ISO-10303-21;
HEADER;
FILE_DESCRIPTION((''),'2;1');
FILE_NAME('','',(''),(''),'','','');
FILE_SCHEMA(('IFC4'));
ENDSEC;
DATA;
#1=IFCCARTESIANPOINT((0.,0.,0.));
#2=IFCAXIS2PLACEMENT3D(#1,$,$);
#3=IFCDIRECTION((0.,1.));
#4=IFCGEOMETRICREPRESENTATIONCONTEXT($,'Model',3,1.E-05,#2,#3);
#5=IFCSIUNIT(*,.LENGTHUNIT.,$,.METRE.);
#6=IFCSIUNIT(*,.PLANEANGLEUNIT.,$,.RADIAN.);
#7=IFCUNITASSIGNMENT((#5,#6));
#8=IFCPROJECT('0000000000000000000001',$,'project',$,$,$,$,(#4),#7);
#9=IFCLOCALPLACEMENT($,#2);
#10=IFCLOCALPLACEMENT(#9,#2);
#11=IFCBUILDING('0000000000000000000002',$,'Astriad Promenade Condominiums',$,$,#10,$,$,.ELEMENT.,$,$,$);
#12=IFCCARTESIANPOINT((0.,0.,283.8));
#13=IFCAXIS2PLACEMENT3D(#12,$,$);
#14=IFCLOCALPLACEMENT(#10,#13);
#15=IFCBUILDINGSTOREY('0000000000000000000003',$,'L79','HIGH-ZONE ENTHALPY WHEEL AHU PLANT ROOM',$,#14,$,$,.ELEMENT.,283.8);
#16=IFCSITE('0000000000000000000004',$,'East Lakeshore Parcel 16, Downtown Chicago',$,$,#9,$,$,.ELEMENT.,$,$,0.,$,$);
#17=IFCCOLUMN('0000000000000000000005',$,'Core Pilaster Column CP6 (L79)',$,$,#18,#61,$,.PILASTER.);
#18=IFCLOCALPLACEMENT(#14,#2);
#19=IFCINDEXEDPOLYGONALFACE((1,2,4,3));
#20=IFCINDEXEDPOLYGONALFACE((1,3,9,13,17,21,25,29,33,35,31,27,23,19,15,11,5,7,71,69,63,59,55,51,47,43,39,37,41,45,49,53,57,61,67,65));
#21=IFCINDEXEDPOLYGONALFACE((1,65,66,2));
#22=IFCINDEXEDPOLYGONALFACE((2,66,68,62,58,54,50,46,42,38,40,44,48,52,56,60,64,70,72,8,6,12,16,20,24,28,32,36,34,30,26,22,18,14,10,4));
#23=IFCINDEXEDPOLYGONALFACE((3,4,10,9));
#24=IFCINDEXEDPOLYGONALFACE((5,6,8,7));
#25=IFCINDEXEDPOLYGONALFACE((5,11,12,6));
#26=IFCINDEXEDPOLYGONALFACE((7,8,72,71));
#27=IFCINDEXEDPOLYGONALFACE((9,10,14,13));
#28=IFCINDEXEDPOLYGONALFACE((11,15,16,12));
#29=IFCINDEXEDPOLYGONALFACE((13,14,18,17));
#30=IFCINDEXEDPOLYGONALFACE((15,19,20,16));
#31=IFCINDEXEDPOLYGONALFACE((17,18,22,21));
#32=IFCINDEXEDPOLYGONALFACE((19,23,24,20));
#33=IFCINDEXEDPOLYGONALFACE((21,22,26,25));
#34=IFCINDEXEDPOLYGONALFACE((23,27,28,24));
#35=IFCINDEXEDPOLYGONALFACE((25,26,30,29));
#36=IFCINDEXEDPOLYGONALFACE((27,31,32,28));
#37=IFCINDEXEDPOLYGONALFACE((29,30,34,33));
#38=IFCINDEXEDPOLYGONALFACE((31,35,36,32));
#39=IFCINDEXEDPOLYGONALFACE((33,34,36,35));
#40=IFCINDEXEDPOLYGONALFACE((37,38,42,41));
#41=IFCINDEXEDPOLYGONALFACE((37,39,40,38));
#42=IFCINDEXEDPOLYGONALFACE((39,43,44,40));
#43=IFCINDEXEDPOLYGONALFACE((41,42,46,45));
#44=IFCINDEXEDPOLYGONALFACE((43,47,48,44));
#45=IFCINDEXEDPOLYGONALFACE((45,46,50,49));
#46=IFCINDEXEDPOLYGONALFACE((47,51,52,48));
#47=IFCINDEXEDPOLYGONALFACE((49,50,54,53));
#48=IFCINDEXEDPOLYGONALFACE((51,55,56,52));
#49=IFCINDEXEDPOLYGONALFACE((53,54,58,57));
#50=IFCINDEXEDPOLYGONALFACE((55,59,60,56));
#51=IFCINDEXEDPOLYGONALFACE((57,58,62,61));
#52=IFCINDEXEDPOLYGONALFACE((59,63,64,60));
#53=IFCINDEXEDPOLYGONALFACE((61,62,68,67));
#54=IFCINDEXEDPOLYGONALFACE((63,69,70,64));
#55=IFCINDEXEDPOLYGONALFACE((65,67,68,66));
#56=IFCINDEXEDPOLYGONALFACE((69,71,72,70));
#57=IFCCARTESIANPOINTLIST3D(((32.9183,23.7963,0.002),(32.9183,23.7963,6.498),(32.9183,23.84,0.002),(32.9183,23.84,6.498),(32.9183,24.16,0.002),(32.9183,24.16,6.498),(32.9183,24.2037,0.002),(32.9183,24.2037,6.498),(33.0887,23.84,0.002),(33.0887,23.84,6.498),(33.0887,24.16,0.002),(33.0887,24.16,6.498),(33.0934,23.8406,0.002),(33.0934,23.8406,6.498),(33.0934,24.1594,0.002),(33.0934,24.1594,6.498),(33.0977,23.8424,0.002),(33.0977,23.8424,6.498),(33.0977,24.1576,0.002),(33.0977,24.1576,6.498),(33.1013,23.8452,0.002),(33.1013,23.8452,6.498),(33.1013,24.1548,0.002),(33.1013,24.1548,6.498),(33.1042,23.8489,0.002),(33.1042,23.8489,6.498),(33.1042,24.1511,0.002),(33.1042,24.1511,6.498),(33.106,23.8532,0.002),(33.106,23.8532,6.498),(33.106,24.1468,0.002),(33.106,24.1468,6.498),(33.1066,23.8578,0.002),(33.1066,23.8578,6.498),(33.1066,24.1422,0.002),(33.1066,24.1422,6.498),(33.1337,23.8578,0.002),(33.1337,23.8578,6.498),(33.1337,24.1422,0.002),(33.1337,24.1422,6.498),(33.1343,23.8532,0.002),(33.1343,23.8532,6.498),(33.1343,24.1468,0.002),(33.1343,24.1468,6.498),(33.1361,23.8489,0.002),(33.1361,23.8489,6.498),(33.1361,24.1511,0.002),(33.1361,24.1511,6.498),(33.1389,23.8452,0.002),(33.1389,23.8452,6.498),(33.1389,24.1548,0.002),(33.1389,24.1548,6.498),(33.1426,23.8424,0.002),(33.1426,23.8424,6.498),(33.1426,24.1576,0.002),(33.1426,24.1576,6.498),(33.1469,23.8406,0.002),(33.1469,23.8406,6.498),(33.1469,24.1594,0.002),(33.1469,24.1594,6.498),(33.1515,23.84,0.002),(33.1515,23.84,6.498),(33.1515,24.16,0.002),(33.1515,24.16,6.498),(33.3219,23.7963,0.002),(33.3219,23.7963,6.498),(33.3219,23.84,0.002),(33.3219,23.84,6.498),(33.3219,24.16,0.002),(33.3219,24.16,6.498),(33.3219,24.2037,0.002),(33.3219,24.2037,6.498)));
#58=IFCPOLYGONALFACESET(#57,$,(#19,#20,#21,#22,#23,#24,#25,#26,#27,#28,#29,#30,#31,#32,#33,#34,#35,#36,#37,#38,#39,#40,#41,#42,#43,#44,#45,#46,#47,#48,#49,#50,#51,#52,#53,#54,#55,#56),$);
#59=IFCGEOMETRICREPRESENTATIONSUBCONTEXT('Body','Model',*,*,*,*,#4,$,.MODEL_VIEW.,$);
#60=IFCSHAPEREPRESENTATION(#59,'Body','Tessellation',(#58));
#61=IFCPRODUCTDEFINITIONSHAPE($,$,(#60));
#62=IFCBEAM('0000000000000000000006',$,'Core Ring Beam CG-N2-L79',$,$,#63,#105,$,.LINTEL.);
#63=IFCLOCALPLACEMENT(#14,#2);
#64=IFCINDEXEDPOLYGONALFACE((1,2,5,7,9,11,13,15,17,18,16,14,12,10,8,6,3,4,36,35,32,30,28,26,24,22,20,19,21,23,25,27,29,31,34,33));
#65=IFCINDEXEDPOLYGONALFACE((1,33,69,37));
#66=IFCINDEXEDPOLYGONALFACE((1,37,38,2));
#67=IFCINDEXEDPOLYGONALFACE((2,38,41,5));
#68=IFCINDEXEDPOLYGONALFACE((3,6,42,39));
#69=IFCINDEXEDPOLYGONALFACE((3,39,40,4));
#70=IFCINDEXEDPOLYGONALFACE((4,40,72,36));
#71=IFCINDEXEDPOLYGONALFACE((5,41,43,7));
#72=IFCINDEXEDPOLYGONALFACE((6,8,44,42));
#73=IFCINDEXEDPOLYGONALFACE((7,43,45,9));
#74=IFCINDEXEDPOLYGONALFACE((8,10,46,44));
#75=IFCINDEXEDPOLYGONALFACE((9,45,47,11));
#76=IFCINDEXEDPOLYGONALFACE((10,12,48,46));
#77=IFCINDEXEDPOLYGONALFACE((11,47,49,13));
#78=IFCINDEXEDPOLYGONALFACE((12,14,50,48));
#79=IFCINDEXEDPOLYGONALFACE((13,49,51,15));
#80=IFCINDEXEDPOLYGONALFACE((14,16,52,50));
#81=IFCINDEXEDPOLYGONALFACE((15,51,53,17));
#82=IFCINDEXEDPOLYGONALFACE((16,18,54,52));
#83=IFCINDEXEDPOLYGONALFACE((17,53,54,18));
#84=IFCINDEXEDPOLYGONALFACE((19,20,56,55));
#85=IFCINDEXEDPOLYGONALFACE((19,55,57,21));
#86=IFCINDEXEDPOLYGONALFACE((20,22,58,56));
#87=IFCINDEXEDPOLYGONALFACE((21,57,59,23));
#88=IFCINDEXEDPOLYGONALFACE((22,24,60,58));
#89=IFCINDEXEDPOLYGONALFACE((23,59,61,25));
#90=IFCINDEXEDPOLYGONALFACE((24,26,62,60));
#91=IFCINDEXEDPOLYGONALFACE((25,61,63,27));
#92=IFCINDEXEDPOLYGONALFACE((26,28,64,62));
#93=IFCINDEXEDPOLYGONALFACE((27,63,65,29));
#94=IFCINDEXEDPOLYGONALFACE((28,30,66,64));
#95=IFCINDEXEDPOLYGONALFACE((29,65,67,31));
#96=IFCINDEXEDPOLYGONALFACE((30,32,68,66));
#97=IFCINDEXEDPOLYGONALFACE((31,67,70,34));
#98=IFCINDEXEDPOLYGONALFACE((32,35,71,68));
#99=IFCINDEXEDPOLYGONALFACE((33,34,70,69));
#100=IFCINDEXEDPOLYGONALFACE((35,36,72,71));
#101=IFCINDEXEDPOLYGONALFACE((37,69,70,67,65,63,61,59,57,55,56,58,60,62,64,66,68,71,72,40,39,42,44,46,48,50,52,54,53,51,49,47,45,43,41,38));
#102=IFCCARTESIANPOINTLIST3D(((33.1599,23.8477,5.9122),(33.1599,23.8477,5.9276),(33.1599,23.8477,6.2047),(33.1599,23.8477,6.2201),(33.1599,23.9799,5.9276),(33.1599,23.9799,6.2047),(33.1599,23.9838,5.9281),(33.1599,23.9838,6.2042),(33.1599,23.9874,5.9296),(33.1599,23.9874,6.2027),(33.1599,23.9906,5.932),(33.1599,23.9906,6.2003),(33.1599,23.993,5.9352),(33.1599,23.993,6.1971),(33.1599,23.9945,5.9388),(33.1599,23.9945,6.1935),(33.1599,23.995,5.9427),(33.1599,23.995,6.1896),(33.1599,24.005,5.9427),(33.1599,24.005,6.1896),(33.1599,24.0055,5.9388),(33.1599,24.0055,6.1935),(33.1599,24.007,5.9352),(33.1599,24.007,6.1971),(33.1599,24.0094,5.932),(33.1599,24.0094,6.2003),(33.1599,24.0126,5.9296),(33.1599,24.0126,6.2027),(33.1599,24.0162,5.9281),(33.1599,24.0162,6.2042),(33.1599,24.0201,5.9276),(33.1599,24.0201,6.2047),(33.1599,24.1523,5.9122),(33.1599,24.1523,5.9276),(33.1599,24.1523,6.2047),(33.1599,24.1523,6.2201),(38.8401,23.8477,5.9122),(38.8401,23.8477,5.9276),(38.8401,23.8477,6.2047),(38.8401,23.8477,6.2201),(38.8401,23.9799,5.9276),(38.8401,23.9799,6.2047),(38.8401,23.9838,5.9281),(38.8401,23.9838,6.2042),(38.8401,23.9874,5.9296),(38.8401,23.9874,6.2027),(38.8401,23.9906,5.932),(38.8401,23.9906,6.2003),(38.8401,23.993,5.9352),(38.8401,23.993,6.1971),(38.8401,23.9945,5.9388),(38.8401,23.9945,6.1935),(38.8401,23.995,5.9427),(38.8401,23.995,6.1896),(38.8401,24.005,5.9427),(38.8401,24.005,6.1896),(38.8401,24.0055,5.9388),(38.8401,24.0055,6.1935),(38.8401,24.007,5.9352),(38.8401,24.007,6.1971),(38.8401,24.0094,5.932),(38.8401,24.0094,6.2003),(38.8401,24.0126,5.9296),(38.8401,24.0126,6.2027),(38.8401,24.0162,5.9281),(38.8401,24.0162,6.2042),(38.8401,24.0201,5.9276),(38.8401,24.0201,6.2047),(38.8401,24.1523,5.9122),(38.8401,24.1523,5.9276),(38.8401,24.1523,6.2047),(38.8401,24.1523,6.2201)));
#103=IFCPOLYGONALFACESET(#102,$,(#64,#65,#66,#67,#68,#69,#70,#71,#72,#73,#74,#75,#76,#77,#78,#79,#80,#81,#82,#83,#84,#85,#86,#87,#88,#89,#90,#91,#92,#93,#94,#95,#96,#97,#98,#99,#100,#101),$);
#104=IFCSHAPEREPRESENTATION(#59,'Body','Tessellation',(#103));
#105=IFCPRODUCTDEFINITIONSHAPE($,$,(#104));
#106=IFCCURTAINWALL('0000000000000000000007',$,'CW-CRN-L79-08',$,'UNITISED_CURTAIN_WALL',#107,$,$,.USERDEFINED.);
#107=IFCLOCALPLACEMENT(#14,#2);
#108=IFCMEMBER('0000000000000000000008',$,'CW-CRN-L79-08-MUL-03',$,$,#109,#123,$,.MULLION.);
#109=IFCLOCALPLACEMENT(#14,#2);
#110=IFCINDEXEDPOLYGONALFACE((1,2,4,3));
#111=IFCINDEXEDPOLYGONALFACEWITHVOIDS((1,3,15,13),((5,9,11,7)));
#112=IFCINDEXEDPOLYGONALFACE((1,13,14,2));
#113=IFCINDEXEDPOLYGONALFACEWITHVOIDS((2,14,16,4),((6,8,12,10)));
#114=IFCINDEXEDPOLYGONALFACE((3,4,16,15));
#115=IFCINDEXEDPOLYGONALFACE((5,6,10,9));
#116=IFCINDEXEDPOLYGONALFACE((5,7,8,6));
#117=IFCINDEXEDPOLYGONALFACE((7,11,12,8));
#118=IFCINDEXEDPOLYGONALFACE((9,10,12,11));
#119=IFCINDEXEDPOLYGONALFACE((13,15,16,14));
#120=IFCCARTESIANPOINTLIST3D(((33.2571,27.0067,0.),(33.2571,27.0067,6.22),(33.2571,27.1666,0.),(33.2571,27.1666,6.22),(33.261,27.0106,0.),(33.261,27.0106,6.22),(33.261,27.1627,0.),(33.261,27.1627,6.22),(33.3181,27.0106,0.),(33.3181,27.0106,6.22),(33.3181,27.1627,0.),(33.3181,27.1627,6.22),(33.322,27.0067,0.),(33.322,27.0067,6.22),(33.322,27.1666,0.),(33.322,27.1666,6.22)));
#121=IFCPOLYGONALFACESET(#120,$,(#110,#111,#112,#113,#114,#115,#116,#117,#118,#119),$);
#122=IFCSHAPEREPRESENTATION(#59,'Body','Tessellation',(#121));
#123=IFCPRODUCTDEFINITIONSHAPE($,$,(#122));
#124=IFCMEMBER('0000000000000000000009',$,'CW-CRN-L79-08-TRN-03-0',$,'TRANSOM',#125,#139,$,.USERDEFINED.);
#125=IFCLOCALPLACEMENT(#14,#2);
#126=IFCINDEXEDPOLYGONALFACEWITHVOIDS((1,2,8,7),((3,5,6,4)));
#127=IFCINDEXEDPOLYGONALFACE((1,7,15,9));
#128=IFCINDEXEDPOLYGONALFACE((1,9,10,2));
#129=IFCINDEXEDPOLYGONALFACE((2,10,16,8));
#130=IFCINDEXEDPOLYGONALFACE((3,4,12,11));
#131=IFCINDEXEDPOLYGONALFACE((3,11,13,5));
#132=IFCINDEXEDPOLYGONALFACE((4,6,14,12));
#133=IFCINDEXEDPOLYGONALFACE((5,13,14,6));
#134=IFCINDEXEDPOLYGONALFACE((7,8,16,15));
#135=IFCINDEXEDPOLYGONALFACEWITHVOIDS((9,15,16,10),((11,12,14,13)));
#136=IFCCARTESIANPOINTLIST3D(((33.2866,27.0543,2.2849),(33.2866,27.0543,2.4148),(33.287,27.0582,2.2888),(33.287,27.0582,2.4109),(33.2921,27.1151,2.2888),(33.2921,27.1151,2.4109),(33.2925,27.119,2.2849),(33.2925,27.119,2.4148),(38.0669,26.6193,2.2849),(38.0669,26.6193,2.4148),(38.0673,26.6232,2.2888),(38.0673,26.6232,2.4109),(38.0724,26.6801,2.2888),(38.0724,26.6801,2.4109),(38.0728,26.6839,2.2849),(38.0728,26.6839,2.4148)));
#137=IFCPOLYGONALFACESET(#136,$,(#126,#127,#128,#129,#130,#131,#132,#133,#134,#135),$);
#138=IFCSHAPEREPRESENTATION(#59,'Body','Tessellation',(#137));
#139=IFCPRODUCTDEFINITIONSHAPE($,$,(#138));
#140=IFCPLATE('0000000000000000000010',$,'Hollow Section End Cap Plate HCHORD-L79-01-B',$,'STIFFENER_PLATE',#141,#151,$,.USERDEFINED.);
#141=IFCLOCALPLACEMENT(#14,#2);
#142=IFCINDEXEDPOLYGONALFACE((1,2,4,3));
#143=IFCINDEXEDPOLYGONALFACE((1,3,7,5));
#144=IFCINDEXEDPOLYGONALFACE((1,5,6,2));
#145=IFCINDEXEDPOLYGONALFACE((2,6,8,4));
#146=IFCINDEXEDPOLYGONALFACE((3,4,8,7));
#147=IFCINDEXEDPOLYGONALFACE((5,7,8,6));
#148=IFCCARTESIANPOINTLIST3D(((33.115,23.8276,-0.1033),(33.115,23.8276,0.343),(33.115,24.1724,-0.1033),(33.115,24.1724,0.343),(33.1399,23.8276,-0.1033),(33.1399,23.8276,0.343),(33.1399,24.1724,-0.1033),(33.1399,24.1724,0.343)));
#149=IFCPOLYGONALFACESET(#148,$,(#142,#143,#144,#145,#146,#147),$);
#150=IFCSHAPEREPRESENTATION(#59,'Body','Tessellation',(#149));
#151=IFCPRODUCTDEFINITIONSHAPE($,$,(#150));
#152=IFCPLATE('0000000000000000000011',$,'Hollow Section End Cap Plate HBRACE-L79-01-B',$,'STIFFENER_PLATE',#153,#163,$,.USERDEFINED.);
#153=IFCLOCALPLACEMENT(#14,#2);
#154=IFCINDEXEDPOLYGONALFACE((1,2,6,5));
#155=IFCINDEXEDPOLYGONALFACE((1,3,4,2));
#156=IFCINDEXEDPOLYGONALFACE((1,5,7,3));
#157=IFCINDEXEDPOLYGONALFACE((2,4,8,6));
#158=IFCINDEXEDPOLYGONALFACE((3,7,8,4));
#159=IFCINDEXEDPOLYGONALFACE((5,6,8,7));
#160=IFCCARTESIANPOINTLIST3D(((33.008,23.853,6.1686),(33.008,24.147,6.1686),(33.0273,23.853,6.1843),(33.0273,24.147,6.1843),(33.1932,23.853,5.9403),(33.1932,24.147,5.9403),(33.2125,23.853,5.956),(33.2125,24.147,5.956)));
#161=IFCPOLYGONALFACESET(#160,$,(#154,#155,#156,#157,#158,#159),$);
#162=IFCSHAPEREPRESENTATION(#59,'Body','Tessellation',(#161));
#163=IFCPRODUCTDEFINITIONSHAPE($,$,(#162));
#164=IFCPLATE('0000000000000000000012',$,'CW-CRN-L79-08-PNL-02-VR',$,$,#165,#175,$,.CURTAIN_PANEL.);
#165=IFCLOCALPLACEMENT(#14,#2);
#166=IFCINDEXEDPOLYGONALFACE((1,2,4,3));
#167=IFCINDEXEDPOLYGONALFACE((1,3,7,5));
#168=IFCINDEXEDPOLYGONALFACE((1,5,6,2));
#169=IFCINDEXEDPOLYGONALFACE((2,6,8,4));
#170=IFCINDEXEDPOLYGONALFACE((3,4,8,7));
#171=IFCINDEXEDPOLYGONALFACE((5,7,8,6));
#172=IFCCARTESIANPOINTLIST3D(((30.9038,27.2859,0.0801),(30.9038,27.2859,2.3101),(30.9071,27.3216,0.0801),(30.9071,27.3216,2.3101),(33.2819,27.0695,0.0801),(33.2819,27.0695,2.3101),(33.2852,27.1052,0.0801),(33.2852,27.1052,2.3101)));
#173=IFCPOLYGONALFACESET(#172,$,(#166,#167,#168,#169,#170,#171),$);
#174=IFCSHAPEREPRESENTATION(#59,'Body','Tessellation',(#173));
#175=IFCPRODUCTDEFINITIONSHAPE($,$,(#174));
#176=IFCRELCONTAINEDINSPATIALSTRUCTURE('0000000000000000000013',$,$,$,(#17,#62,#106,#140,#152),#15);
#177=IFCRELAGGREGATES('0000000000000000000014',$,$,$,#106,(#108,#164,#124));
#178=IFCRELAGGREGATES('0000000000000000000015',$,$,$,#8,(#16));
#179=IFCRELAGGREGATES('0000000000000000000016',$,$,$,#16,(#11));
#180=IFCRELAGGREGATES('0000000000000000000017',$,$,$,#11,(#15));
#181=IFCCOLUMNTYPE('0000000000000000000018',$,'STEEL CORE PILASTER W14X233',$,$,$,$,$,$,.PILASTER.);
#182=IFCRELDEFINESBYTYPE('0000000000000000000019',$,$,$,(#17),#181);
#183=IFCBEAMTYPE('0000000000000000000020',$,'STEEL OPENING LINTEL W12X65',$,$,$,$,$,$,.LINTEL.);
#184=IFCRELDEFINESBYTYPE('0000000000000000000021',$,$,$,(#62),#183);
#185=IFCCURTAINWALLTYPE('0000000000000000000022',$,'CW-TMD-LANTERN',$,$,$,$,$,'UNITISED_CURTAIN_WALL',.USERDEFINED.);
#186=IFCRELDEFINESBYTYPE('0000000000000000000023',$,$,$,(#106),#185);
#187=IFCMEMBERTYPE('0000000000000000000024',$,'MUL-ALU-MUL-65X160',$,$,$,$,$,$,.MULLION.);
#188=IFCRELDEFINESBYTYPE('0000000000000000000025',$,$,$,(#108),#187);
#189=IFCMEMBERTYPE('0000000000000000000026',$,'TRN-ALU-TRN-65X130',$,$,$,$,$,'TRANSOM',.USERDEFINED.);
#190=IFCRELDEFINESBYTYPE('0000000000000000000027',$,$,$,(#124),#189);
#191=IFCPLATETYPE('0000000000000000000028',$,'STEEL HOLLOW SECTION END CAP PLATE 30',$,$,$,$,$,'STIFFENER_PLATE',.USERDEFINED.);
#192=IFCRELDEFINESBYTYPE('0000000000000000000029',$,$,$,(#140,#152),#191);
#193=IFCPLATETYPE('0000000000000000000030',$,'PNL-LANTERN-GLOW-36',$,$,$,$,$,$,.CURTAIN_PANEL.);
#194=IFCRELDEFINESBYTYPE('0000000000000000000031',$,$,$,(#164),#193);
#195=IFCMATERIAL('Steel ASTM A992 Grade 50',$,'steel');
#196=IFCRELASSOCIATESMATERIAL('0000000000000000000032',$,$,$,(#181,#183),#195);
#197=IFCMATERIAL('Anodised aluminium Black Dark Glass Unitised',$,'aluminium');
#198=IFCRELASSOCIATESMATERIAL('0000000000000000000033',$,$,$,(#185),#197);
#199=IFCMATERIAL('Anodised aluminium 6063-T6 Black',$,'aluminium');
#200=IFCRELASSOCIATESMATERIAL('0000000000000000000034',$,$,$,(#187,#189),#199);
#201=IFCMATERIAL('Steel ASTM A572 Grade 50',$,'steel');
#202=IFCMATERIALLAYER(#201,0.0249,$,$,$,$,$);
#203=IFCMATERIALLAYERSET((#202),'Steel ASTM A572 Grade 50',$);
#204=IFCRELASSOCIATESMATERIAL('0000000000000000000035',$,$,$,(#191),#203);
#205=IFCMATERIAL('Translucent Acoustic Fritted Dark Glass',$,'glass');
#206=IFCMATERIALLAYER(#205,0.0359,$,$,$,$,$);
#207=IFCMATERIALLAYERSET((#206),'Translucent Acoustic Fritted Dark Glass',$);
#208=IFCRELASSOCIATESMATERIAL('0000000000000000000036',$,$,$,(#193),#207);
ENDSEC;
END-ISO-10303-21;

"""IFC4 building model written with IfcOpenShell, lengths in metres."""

from ifc_helpers import new_model, si_unit, direction, frame, origin, origin_2d, place, context, subcontext, project, spatial, rectangle, hollow_rectangle, i_section, extrude, source, transform, mapped, material, layer, layer_set, material_profile, profile_set, type_object, type_shapes, element, aggregate, save


model = new_model("IFC4")

# Units and contexts
model_context = context("Model", 3, precision=1e-05, world=origin(), true_north=direction((0.0, 1.0)))
body_context = subcontext(model_context, "Body", "Model", "MODEL_VIEW")
ifc_project = project(units=[si_unit("LENGTHUNIT", "METRE"), si_unit("PLANEANGLEUNIT", "RADIAN")], contexts=[model_context])

# Site, building, storey
site_placement = place(None, origin())
site = spatial("IfcSite", under=ifc_project, at=site_placement, Name="East Lakeshore Parcel 16, Downtown Chicago", CompositionType="ELEMENT", RefElevation=0.0)
building_placement = place(site_placement, origin())
building = spatial("IfcBuilding", under=site, at=building_placement, Name="Astriad Promenade Condominiums", CompositionType="ELEMENT")
storey_placement = place(building_placement, frame((0.0, 0.0, 283.8)))
storey = spatial("IfcBuildingStorey", under=building, at=storey_placement, Name="L79", Description="HIGH-ZONE ENTHALPY WHEEL AHU PLANT ROOM", CompositionType="ELEMENT", Elevation=283.8)

# Column
ifc_material_1 = material(Name="Steel ASTM A992 Grade 50", Category="steel")
ifc_material_profile_1 = material_profile(ifc_material_1, i_section(OverallWidth=0.4036, OverallDepth=0.4075, WebThickness=0.0271, FlangeThickness=0.0437, FilletRadius=0.0178, at=origin_2d()), Name="W14X233")
ifc_profile_set_1 = profile_set([ifc_material_profile_1], Name="Steel ASTM A992 Grade 50")
column_type = type_object("IfcColumnType", Name="STEEL CORE PILASTER W14X233", PredefinedType="PILASTER", material=ifc_profile_set_1)
shared_shape_1 = source(origin(), body_context, "Body", "SweptSolid", [
    extrude(i_section(OverallWidth=0.4036, OverallDepth=0.4075, WebThickness=0.0271, FlangeThickness=0.0437, FilletRadius=0.0178, at=origin_2d()), origin(), (0.0, 0.0, 1.0), 6.4961),
])
type_shapes(column_type, [shared_shape_1])
column_placement = place(storey_placement, frame((33.1201, 24.0, 0.002), z_axis=(0.0, 0.0, 1.0), x_axis=(1.0, 0.0, 0.0)))
element("IfcColumn", 1, at=column_placement, inside=storey, type_object=column_type, Name="Core Pilaster Column CP6 (L79)", PredefinedType="PILASTER", context=body_context, shape_type="MappedRepresentation", body=[
    mapped(shared_shape_1, transform((0.0, 0.0, 0.0), scale=1.0)),
])

# Beam
ifc_material_profile_2 = material_profile(ifc_material_1, i_section(OverallWidth=0.3047, OverallDepth=0.3079, WebThickness=0.01, FlangeThickness=0.0154, FilletRadius=0.0151, at=origin_2d()), Name="W12X65")
ifc_profile_set_2 = profile_set([ifc_material_profile_2], Name="Steel ASTM A992 Grade 50")
beam_type = type_object("IfcBeamType", Name="STEEL OPENING LINTEL W12X65", PredefinedType="LINTEL", material=ifc_profile_set_2)
shared_shape_2 = source(origin(), body_context, "Body", "SweptSolid", [
    extrude(i_section(OverallWidth=0.3047, OverallDepth=0.3079, WebThickness=0.01, FlangeThickness=0.0154, FilletRadius=0.0151, at=origin_2d()), origin(), (0.0, 0.0, 1.0), 5.6802),
])
type_shapes(beam_type, [shared_shape_2])
beam_placement = place(storey_placement, frame((33.1599, 24.0, 6.0662), z_axis=(1.0, 0.0, 0.0), x_axis=(0.0, 1.0, 0.0)))
element("IfcBeam", 2, at=beam_placement, inside=storey, type_object=beam_type, Name="Core Ring Beam CG-N2-L79", PredefinedType="LINTEL", context=body_context, shape_type="MappedRepresentation", body=[
    mapped(shared_shape_2, transform((0.0, 0.0, 0.0), scale=1.0)),
])

# Curtain wall, members
ifc_material_2 = material(Name="Anodised aluminium Black Dark Glass Unitised", Category="aluminium")
curtain_wall_type = type_object("IfcCurtainWallType", Name="CW-TMD-LANTERN", ElementType="UNITISED_CURTAIN_WALL", PredefinedType="USERDEFINED", material=ifc_material_2)
curtain_wall_placement = place(storey_placement, origin())
curtain_wall = element("IfcCurtainWall", 3, at=curtain_wall_placement, inside=storey, type_object=curtain_wall_type, Name="CW-CRN-L79-08", ObjectType="UNITISED_CURTAIN_WALL", PredefinedType="USERDEFINED")
ifc_material_3 = material(Name="Anodised aluminium 6063-T6 Black", Category="aluminium")
ifc_material_profile_3 = material_profile(ifc_material_3, hollow_rectangle(XDim=0.0649, YDim=0.1599, WallThickness=0.0039, at=origin_2d()), Name="ALU-MUL-65X160")
ifc_profile_set_3 = profile_set([ifc_material_profile_3], Name="Anodised aluminium 6063-T6 Black")
member_type_1 = type_object("IfcMemberType", Name="MUL-ALU-MUL-65X160", PredefinedType="MULLION", material=ifc_profile_set_3)
shared_shape_3 = source(origin(), body_context, "Body", "SweptSolid", [
    extrude(hollow_rectangle(XDim=0.0649, YDim=0.1599, WallThickness=0.0039, at=origin_2d()), origin(), (0.0, 0.0, 1.0), 6.22),
])
type_shapes(member_type_1, [shared_shape_3])
member_1_placement = place(storey_placement, frame((33.2896, 27.0867, 0.0), z_axis=(0.0, 0.0, 1.0), x_axis=(1.0, 0.0, 0.0)))
member_1 = element("IfcMember", 4, at=member_1_placement, type_object=member_type_1, Name="CW-CRN-L79-08-MUL-03", PredefinedType="MULLION", context=body_context, shape_type="MappedRepresentation", body=[
    mapped(shared_shape_3, transform((0.0, 0.0, 0.0), scale=1.0)),
])
ifc_material_profile_4 = material_profile(ifc_material_3, hollow_rectangle(XDim=0.0649, YDim=0.1299, WallThickness=0.0039, at=origin_2d()), Name="ALU-TRN-65X130")
ifc_profile_set_4 = profile_set([ifc_material_profile_4], Name="Anodised aluminium 6063-T6 Black")
member_type_2 = type_object("IfcMemberType", Name="TRN-ALU-TRN-65X130", ElementType="TRANSOM", PredefinedType="USERDEFINED", material=ifc_profile_set_4)
shared_shape_4 = source(origin(), body_context, "Body", "SweptSolid", [
    extrude(hollow_rectangle(XDim=0.0649, YDim=0.1299, WallThickness=0.0039, at=origin_2d()), origin(), (0.0, 0.0, 1.0), 4.8),
])
type_shapes(member_type_2, [shared_shape_4])
member_2_placement = place(storey_placement, frame((33.2896, 27.0867, 2.3499), z_axis=(0.995884, -0.090637, 0.0), x_axis=(0.090637, 0.995884, 0.0)))
member_2 = element("IfcMember", 5, at=member_2_placement, type_object=member_type_2, Name="CW-CRN-L79-08-TRN-03-0", ObjectType="TRANSOM", PredefinedType="USERDEFINED", context=body_context, shape_type="MappedRepresentation", body=[
    mapped(shared_shape_4, transform((0.0, 0.0, 0.0), scale=1.0)),
])

# Plates
ifc_material_4 = material(Name="Steel ASTM A572 Grade 50", Category="steel")
ifc_layer_1 = layer(ifc_material_4, 0.0249)
ifc_layer_set_1 = layer_set([ifc_layer_1], Name="Steel ASTM A572 Grade 50")
plate_type_1 = type_object("IfcPlateType", Name="STEEL HOLLOW SECTION END CAP PLATE 30", ElementType="STIFFENER_PLATE", PredefinedType="USERDEFINED", material=ifc_layer_set_1)
shared_shape_5 = source(origin(), body_context, "Body", "SweptSolid", [
    extrude(rectangle(XDim=0.3447, YDim=0.4463, at=origin_2d()), origin(), (0.0, 0.0, 1.0), 0.0249),
])
plate_1_placement = place(storey_placement, frame((33.115, 24.0, 0.1199), z_axis=(1.0, 0.0, 0.0), x_axis=(0.0, 1.0, 0.0)))
element("IfcPlate", 6, at=plate_1_placement, inside=storey, type_object=plate_type_1, Name="Hollow Section End Cap Plate HCHORD-L79-01-B", ObjectType="STIFFENER_PLATE", PredefinedType="USERDEFINED", context=body_context, shape_type="MappedRepresentation", body=[
    mapped(shared_shape_5, transform((0.0, 0.0, 0.0), scale=1.0)),
])
shared_shape_6 = source(origin(), body_context, "Body", "SweptSolid", [
    extrude(rectangle(XDim=0.2939, YDim=0.2939, at=origin_2d()), origin(), (0.0, 0.0, 1.0), 0.0249),
])
type_shapes(plate_type_1, [shared_shape_5, shared_shape_6])
plate_2_placement = place(storey_placement, frame((33.1006, 24.0, 6.0544), z_axis=(0.776676, 0.0, 0.629901), x_axis=(0.0, 1.0, 0.0)))
element("IfcPlate", 7, at=plate_2_placement, inside=storey, type_object=plate_type_1, Name="Hollow Section End Cap Plate HBRACE-L79-01-B", ObjectType="STIFFENER_PLATE", PredefinedType="USERDEFINED", context=body_context, shape_type="MappedRepresentation", body=[
    mapped(shared_shape_6, transform((0.0, 0.0, 0.0), scale=1.0)),
])

# Plate
ifc_material_5 = material(Name="Translucent Acoustic Fritted Dark Glass", Category="glass")
ifc_layer_2 = layer(ifc_material_5, 0.0359)
ifc_layer_set_2 = layer_set([ifc_layer_2], Name="Translucent Acoustic Fritted Dark Glass")
plate_type_2 = type_object("IfcPlateType", Name="PNL-LANTERN-GLOW-36", PredefinedType="CURTAIN_PANEL", material=ifc_layer_set_2)
shared_shape_7 = source(origin(), body_context, "Body", "SweptSolid", [
    extrude(rectangle(XDim=2.3879, YDim=0.0359, at=origin_2d()), origin(), (0.0, 0.0, 1.0), 2.23),
])
plate_3_placement = place(storey_placement, frame((32.0945, 27.1956, 0.0801), z_axis=(0.0, 0.0, 1.0), x_axis=(0.995884, -0.090633, 0.0)))
plate_3 = element("IfcPlate", 8, at=plate_3_placement, type_object=plate_type_2, Name="CW-CRN-L79-08-PNL-02-VR", PredefinedType="CURTAIN_PANEL", context=body_context, shape_type="MappedRepresentation", body=[
    mapped(shared_shape_7, transform((0.0, 0.0, 0.0), scale=1.0)),
])
aggregate(curtain_wall, [member_1, plate_3, member_2])

save(model, "model.ifc")
